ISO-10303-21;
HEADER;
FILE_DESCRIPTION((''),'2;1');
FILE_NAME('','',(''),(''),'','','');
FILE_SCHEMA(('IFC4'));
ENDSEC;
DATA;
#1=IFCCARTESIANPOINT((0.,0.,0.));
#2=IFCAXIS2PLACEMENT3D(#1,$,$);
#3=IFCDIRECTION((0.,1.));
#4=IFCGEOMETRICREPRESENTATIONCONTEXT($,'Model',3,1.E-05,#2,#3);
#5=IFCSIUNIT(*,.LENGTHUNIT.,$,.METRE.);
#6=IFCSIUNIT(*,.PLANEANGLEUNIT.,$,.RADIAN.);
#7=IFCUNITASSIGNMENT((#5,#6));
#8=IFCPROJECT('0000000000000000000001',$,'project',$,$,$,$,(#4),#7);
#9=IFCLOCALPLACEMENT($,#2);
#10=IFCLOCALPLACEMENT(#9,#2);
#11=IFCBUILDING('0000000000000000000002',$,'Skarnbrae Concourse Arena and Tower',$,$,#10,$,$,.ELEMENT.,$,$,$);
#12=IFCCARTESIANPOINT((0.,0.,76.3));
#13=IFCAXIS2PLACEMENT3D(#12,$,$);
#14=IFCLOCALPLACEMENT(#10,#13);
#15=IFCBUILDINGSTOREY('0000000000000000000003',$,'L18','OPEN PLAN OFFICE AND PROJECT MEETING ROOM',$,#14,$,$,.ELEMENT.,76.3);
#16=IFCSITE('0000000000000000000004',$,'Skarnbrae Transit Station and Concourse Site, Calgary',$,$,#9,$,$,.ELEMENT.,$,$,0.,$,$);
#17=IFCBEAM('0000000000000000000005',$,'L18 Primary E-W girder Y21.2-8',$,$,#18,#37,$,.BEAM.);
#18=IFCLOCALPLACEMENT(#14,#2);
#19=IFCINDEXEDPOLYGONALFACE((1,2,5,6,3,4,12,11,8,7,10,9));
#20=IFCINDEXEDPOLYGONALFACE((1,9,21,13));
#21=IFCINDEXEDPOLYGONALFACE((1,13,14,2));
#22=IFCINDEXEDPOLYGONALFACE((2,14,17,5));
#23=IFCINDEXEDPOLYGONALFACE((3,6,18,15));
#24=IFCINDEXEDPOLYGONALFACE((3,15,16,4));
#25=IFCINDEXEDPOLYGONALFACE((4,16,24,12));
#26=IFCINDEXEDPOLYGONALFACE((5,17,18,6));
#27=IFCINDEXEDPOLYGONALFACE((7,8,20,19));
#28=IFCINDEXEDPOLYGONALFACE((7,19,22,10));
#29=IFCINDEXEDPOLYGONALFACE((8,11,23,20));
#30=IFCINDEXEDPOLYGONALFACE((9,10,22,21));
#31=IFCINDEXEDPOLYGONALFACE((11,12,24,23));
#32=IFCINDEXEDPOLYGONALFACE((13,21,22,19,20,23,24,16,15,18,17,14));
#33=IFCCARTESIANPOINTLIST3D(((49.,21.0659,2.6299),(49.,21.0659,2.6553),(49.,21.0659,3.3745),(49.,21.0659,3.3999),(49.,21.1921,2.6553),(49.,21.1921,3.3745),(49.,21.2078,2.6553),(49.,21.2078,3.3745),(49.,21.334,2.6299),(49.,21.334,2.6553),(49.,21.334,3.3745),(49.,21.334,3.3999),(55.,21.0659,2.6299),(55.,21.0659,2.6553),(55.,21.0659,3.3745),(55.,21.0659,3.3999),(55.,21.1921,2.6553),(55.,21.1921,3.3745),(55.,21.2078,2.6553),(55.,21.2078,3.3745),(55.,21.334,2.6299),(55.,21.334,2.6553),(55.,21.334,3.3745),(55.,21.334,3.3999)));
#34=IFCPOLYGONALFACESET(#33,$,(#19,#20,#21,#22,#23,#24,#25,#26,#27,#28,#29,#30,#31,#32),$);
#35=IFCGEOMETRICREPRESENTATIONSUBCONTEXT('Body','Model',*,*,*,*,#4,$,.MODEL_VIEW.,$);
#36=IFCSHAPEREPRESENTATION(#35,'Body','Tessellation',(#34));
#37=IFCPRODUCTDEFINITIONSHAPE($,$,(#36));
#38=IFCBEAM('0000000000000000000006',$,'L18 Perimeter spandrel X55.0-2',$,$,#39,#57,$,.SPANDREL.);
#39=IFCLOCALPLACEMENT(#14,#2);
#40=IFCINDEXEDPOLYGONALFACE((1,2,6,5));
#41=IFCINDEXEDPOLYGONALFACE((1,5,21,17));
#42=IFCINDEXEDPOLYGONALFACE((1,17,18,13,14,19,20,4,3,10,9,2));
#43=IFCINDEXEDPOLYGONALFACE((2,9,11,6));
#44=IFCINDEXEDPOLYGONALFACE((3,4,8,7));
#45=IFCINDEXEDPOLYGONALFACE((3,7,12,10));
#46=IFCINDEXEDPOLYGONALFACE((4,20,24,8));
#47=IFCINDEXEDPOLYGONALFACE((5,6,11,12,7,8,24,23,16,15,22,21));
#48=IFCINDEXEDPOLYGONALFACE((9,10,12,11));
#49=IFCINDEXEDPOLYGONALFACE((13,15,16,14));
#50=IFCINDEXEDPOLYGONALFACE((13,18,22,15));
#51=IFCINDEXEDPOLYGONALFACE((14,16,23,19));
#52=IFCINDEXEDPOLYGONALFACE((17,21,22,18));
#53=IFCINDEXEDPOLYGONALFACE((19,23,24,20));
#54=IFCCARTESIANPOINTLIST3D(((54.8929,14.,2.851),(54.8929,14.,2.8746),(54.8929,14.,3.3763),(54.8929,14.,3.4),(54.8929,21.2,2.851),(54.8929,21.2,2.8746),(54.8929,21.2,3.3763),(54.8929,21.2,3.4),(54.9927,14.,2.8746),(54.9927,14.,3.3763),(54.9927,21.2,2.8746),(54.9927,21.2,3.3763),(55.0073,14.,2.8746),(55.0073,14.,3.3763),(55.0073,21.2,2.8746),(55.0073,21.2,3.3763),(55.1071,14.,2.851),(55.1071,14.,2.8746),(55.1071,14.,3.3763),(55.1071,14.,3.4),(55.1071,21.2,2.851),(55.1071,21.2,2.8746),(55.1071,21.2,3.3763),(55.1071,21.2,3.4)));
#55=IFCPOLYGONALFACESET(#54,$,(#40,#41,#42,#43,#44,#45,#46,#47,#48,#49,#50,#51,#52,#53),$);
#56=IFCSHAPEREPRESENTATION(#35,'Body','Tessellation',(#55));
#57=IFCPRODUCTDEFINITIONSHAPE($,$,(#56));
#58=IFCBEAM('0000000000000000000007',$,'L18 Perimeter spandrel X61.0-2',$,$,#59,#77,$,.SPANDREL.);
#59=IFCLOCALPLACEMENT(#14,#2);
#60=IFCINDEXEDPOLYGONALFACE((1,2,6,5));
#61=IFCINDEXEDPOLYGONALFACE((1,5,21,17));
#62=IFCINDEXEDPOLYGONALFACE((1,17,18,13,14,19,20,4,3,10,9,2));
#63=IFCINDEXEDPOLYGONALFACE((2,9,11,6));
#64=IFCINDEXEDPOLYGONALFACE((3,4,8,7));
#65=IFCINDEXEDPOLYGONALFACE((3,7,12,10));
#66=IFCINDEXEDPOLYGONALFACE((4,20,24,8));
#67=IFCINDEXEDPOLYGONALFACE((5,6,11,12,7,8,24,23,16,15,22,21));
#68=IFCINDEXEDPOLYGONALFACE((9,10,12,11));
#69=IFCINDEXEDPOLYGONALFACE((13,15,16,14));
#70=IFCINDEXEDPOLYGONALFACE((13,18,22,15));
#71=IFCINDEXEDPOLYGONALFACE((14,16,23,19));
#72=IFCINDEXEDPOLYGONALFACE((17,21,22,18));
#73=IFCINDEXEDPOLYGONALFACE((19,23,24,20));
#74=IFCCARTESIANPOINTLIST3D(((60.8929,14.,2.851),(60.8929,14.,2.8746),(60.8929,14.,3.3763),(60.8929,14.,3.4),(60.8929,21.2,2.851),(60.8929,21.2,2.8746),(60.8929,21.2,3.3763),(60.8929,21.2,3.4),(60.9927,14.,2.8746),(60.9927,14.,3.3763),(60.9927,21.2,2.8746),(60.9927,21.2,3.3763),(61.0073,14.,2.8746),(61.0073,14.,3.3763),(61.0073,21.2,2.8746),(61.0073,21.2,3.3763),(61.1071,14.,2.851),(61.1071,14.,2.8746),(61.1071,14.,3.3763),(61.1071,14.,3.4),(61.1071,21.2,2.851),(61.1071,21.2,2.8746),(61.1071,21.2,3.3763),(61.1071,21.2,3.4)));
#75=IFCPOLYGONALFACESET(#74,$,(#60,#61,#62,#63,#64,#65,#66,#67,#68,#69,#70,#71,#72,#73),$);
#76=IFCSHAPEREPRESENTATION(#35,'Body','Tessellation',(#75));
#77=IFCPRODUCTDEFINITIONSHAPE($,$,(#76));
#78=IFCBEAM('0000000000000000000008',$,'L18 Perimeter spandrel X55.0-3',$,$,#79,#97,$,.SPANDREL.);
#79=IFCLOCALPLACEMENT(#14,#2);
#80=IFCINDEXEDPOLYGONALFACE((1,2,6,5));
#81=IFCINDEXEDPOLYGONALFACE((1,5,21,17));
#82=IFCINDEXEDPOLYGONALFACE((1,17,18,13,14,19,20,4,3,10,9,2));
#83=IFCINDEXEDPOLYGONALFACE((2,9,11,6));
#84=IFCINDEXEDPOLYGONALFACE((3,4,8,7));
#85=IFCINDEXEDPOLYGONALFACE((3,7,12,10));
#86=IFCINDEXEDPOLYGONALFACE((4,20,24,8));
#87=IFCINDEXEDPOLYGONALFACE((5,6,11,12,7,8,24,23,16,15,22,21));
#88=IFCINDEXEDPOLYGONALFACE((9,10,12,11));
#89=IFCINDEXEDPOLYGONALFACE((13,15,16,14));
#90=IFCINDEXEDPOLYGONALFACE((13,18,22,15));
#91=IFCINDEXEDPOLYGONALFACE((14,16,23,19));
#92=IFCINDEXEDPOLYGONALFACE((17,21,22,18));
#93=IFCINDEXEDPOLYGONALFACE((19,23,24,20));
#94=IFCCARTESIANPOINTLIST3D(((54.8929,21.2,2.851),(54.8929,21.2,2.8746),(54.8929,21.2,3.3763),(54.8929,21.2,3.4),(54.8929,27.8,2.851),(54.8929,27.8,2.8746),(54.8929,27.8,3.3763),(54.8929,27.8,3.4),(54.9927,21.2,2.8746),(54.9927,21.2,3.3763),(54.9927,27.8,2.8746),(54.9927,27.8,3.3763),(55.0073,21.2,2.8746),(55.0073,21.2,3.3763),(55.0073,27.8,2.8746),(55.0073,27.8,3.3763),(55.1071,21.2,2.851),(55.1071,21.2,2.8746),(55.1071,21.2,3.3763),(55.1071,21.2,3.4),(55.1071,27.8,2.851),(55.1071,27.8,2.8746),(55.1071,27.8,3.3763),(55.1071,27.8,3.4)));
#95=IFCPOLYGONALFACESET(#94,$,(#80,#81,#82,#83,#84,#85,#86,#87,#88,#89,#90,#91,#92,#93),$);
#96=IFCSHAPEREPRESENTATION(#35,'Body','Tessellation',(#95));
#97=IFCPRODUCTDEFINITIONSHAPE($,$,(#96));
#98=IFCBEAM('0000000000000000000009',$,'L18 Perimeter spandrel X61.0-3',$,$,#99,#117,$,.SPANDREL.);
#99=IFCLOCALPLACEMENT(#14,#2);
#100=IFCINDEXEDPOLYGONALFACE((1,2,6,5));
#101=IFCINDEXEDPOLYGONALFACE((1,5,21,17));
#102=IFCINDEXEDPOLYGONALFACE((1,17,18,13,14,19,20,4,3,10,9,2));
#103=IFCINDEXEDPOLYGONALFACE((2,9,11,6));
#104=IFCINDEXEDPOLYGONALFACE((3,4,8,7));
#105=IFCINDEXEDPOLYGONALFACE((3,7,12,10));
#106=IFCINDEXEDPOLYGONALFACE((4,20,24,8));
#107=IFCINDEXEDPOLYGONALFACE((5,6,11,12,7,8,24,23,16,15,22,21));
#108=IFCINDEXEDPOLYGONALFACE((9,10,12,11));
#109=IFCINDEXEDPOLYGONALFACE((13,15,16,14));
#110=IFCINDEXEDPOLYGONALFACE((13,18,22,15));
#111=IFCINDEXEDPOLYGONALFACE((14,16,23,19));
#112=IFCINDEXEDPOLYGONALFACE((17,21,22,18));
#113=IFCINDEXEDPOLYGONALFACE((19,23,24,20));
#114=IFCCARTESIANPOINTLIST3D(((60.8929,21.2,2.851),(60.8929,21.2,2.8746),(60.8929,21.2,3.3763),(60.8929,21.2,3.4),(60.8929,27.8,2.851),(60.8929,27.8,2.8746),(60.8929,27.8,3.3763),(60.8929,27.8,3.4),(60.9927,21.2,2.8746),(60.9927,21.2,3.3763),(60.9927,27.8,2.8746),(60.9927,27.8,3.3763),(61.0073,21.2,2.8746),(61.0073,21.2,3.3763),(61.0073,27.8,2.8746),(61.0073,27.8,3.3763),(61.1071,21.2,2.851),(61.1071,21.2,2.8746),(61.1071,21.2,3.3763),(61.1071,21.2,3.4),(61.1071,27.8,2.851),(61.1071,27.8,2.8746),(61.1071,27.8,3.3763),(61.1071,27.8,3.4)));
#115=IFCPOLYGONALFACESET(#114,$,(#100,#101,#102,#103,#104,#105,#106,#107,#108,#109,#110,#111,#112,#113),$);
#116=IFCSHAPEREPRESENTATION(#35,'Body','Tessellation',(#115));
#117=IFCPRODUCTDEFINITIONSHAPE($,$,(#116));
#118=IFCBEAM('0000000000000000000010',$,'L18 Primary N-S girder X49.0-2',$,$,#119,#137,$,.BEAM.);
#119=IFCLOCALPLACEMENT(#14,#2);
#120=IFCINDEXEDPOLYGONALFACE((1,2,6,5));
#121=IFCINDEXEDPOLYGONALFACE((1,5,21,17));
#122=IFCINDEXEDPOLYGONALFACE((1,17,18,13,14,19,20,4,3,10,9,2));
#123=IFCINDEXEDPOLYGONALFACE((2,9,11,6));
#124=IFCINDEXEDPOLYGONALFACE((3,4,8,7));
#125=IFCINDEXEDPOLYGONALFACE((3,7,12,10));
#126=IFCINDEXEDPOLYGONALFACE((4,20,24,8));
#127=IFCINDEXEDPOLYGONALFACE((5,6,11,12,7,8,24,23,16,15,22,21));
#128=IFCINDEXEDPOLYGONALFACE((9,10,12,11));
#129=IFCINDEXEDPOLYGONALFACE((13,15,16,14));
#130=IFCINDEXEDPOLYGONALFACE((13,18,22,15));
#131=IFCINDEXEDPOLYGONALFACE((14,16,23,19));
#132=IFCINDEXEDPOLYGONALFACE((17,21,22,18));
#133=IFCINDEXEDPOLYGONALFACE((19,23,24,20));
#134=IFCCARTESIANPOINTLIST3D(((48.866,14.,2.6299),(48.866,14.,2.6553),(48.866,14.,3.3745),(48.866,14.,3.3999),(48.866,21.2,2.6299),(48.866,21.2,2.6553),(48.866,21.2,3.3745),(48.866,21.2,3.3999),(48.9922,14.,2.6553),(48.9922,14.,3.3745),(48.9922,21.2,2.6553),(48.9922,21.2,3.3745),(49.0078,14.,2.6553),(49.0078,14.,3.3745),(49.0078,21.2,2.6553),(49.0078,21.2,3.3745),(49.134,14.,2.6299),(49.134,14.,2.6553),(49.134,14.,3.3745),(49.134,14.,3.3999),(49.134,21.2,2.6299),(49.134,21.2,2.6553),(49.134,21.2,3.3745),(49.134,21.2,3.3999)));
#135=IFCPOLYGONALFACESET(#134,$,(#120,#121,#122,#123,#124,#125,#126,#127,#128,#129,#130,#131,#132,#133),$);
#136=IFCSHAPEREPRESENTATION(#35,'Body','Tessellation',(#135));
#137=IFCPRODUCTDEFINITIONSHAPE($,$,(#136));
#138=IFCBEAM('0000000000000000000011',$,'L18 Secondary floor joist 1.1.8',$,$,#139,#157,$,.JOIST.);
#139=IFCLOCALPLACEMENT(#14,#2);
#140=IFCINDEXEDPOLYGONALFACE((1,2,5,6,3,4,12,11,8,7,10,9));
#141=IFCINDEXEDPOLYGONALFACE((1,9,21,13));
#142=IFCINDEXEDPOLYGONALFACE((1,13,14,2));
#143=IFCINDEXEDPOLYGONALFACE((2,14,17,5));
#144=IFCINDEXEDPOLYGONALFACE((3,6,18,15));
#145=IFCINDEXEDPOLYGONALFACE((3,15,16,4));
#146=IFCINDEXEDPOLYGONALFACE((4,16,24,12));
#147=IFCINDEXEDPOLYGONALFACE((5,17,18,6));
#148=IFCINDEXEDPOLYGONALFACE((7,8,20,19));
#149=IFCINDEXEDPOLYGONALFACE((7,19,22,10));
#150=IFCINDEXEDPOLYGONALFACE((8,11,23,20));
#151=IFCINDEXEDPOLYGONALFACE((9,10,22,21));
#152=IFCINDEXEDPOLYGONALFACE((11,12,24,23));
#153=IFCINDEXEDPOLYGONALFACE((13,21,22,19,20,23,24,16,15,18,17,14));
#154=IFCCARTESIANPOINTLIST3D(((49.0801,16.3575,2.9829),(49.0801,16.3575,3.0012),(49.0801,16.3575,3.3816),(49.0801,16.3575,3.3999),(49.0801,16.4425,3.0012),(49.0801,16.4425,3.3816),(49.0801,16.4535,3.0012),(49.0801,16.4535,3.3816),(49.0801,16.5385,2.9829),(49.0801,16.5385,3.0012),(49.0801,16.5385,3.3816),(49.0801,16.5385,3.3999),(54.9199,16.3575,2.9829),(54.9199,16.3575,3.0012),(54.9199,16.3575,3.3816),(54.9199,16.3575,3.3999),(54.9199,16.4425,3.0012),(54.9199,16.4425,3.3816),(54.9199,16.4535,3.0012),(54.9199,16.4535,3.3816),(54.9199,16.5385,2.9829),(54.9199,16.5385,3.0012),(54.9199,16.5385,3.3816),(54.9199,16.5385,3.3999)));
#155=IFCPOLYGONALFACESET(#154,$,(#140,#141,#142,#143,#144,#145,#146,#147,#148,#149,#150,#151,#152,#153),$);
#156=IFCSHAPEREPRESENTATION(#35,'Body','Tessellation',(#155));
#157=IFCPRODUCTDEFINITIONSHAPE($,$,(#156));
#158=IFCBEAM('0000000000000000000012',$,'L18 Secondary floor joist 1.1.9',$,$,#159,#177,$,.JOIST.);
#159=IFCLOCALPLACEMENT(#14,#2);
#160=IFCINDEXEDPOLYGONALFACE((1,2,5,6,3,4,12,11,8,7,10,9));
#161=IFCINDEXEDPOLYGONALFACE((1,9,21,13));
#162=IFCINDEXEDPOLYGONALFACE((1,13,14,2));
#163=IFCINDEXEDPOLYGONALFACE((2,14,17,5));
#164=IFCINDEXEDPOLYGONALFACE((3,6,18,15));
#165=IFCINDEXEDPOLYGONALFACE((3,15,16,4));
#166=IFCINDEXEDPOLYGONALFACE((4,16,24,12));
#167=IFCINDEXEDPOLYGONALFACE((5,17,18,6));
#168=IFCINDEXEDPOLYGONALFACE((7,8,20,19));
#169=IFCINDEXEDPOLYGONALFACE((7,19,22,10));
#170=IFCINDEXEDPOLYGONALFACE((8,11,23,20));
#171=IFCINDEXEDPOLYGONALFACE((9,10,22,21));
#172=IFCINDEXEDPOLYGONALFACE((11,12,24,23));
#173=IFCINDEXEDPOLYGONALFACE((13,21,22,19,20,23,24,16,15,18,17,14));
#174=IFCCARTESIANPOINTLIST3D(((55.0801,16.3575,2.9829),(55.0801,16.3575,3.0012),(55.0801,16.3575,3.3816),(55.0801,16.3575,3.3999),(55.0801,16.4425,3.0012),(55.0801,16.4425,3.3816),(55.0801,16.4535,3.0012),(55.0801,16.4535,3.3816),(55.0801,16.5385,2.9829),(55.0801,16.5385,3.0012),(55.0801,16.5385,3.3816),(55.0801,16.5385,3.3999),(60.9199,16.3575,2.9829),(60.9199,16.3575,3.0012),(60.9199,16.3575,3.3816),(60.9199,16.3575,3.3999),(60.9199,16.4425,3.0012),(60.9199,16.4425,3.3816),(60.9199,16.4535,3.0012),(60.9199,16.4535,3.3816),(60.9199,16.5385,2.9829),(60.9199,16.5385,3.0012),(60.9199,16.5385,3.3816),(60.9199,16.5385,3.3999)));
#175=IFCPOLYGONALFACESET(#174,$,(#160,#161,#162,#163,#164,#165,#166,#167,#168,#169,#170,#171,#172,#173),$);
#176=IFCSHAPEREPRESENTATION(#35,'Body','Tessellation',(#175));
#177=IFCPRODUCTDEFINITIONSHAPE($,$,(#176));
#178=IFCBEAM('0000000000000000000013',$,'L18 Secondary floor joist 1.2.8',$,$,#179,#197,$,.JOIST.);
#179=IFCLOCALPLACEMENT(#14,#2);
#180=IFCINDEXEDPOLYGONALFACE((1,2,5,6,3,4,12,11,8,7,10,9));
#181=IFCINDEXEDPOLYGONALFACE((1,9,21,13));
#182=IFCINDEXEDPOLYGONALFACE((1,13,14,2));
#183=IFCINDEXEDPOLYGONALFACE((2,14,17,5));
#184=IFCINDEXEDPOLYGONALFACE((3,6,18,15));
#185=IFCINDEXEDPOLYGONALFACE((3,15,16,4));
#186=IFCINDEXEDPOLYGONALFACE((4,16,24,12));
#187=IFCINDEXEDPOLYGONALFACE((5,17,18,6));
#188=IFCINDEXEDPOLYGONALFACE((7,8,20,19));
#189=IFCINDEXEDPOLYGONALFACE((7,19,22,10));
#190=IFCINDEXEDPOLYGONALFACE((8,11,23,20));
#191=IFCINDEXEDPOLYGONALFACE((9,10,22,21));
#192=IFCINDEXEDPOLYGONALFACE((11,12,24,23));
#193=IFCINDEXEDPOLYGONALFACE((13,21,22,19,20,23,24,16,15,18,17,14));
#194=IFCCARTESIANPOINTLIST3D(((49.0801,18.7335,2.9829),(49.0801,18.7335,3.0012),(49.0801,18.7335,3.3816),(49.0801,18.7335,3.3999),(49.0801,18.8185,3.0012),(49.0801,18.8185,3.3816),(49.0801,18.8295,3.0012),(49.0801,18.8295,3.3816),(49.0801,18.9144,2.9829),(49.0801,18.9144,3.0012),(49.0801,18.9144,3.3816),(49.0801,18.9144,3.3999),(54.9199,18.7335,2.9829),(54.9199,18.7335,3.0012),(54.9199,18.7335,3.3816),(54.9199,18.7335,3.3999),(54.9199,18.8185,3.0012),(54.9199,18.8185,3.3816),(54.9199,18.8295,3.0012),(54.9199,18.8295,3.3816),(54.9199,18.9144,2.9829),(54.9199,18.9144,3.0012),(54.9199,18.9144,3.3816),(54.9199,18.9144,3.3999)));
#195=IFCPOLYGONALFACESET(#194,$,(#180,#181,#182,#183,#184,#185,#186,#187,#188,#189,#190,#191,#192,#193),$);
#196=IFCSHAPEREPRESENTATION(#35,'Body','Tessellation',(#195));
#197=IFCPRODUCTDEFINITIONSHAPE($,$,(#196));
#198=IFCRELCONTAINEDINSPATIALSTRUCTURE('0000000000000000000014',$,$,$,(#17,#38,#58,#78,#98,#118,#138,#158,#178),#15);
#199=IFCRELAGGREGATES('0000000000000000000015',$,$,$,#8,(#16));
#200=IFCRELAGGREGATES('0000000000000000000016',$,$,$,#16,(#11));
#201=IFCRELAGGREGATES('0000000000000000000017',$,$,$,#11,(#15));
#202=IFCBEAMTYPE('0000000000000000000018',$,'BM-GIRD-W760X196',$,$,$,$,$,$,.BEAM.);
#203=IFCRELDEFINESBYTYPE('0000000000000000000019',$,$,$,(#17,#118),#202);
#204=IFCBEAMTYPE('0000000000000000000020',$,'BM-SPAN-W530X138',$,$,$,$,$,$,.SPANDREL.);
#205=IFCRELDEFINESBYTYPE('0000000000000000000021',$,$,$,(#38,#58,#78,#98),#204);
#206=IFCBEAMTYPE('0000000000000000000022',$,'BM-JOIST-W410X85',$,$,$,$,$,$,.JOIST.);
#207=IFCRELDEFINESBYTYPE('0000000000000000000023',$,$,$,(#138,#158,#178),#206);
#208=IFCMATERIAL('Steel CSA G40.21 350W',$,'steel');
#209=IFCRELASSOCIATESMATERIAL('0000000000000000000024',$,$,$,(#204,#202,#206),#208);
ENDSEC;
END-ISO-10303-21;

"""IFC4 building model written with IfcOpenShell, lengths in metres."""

from ifc_helpers import new_model, si_unit, direction, frame, origin, origin_2d, place, context, subcontext, project, spatial, i_section, extrude, source, transform, mapped, material, material_profile, profile_set, type_object, element, save


model = new_model("IFC4")

# Units and contexts
model_context = context("Model", 3, precision=1e-05, world=origin(), true_north=direction((0.0, 1.0)))
body_context = subcontext(model_context, "Body", "Model", "MODEL_VIEW")
ifc_project = project(units=[si_unit("LENGTHUNIT", "METRE"), si_unit("PLANEANGLEUNIT", "RADIAN")], contexts=[model_context])

# Site, building, storey
site_placement = place(None, origin())
site = spatial("IfcSite", under=ifc_project, at=site_placement, Name="Skarnbrae Transit Station and Concourse Site, Calgary", CompositionType="ELEMENT", RefElevation=0.0)
building_placement = place(site_placement, origin())
building = spatial("IfcBuilding", under=site, at=building_placement, Name="Skarnbrae Concourse Arena and Tower", CompositionType="ELEMENT")
storey_placement = place(building_placement, frame((0.0, 0.0, 76.3)))
storey = spatial("IfcBuildingStorey", under=building, at=storey_placement, Name="L18", Description="OPEN PLAN OFFICE AND PROJECT MEETING ROOM", CompositionType="ELEMENT", Elevation=76.3)

# Shared definitions
ifc_material_1 = material(Name="Steel CSA G40.21 350W", Category="steel")

# Beams
ifc_material_profile_1 = material_profile(ifc_material_1, i_section(OverallWidth=0.2141, OverallDepth=0.5491, WebThickness=0.0146, FlangeThickness=0.0237, at=origin_2d()), Name="W530X138")
ifc_profile_set_1 = profile_set([ifc_material_profile_1], Name="Steel CSA G40.21 350W")
beam_type_1 = type_object("IfcBeamType", Name="BM-SPAN-W530X138", PredefinedType="SPANDREL", material=ifc_profile_set_1)
ifc_material_profile_2 = material_profile(ifc_material_1, i_section(OverallWidth=0.2681, OverallDepth=0.77, WebThickness=0.0156, FlangeThickness=0.0254, at=origin_2d()), Name="W760X196")
ifc_profile_set_2 = profile_set([ifc_material_profile_2], Name="Steel CSA G40.21 350W")
beam_type_2 = type_object("IfcBeamType", Name="BM-GIRD-W760X196", PredefinedType="BEAM", material=ifc_profile_set_2)
shared_shape_1 = source(origin(), body_context, "Body", "SweptSolid", [
    extrude(i_section(OverallWidth=0.2681, OverallDepth=0.77, WebThickness=0.0156, FlangeThickness=0.0254, at=origin_2d()), origin(), (0.0, 0.0, 1.0), 6.0),
])
beam_1_placement = place(storey_placement, frame((49.0, 21.2, 3.0149), z_axis=(1.0, 0.0, 0.0), x_axis=(0.0, 1.0, 0.0)))
element("IfcBeam", 1, at=beam_1_placement, inside=storey, type_object=beam_type_2, Name="L18 Primary E-W girder Y21.2-8", PredefinedType="BEAM", context=body_context, shape_type="MappedRepresentation", body=[
    mapped(shared_shape_1, transform((0.0, 0.0, 0.0))),
])
shared_shape_2 = source(origin(), body_context, "Body", "SweptSolid", [
    extrude(i_section(OverallWidth=0.2141, OverallDepth=0.5491, WebThickness=0.0146, FlangeThickness=0.0237, at=origin_2d()), origin(), (0.0, 0.0, 1.0), 7.2),
])
for number, where, z_axis, x_axis, name in (
    (2, (55.0, 14.0, 3.1255), (0.0, 1.0, 0.0), (-1.0, 0.0, 0.0), "L18 Perimeter spandrel X55.0-2"),
    (3, (61.0, 14.0, 3.1255), (0.0, 1.0, 0.0), (-1.0, 0.0, 0.0), "L18 Perimeter spandrel X61.0-2"),
):
    element("IfcBeam", number, at=place(storey_placement, frame(where, z_axis=z_axis, x_axis=x_axis)), inside=storey, type_object=beam_type_1, Name=name, PredefinedType="SPANDREL", context=body_context, shape_type="MappedRepresentation", body=[
        mapped(shared_shape_2, transform((0.0, 0.0, 0.0))),
    ])
shared_shape_3 = source(origin(), body_context, "Body", "SweptSolid", [
    extrude(i_section(OverallWidth=0.2141, OverallDepth=0.5491, WebThickness=0.0146, FlangeThickness=0.0237, at=origin_2d()), origin(), (0.0, 0.0, 1.0), 6.6001),
])
for number, where, z_axis, x_axis, name in (
    (4, (55.0, 21.2, 3.1255), (0.0, 1.0, 0.0), (-1.0, 0.0, 0.0), "L18 Perimeter spandrel X55.0-3"),
    (5, (61.0, 21.2, 3.1255), (0.0, 1.0, 0.0), (-1.0, 0.0, 0.0), "L18 Perimeter spandrel X61.0-3"),
):
    element("IfcBeam", number, at=place(storey_placement, frame(where, z_axis=z_axis, x_axis=x_axis)), inside=storey, type_object=beam_type_1, Name=name, PredefinedType="SPANDREL", context=body_context, shape_type="MappedRepresentation", body=[
        mapped(shared_shape_3, transform((0.0, 0.0, 0.0))),
    ])
shared_shape_4 = source(origin(), body_context, "Body", "SweptSolid", [
    extrude(i_section(OverallWidth=0.2681, OverallDepth=0.77, WebThickness=0.0156, FlangeThickness=0.0254, at=origin_2d()), origin(), (0.0, 0.0, 1.0), 7.2),
])
beam_2_placement = place(storey_placement, frame((49.0, 14.0, 3.0149), z_axis=(0.0, 1.0, 0.0), x_axis=(-1.0, 0.0, 0.0)))
element("IfcBeam", 6, at=beam_2_placement, inside=storey, type_object=beam_type_2, Name="L18 Primary N-S girder X49.0-2", PredefinedType="BEAM", context=body_context, shape_type="MappedRepresentation", body=[
    mapped(shared_shape_4, transform((0.0, 0.0, 0.0))),
])
ifc_material_profile_3 = material_profile(ifc_material_1, i_section(OverallWidth=0.1809, OverallDepth=0.417, WebThickness=0.011, FlangeThickness=0.0183, at=origin_2d()), Name="W410X85")
ifc_profile_set_3 = profile_set([ifc_material_profile_3], Name="Steel CSA G40.21 350W")
beam_type_3 = type_object("IfcBeamType", Name="BM-JOIST-W410X85", PredefinedType="JOIST", material=ifc_profile_set_3)
shared_shape_5 = source(origin(), body_context, "Body", "SweptSolid", [
    extrude(i_section(OverallWidth=0.1809, OverallDepth=0.417, WebThickness=0.011, FlangeThickness=0.0183, at=origin_2d()), origin(), (0.0, 0.0, 1.0), 5.8398),
])
for number, where, z_axis, x_axis, name in (
    (7, (49.0801, 16.448, 3.1914), (1.0, 0.0, 0.0), (0.0, 1.0, 0.0), "L18 Secondary floor joist 1.1.8"),
    (8, (55.0801, 16.448, 3.1914), (1.0, 0.0, 0.0), (0.0, 1.0, 0.0), "L18 Secondary floor joist 1.1.9"),
    (9, (49.0801, 18.824, 3.1914), (1.0, 0.0, 0.0), (0.0, 1.0, 0.0), "L18 Secondary floor joist 1.2.8"),
):
    element("IfcBeam", number, at=place(storey_placement, frame(where, z_axis=z_axis, x_axis=x_axis)), inside=storey, type_object=beam_type_3, Name=name, PredefinedType="JOIST", context=body_context, shape_type="MappedRepresentation", body=[
        mapped(shared_shape_5, transform((0.0, 0.0, 0.0))),
    ])

save(model, "model.ifc")
